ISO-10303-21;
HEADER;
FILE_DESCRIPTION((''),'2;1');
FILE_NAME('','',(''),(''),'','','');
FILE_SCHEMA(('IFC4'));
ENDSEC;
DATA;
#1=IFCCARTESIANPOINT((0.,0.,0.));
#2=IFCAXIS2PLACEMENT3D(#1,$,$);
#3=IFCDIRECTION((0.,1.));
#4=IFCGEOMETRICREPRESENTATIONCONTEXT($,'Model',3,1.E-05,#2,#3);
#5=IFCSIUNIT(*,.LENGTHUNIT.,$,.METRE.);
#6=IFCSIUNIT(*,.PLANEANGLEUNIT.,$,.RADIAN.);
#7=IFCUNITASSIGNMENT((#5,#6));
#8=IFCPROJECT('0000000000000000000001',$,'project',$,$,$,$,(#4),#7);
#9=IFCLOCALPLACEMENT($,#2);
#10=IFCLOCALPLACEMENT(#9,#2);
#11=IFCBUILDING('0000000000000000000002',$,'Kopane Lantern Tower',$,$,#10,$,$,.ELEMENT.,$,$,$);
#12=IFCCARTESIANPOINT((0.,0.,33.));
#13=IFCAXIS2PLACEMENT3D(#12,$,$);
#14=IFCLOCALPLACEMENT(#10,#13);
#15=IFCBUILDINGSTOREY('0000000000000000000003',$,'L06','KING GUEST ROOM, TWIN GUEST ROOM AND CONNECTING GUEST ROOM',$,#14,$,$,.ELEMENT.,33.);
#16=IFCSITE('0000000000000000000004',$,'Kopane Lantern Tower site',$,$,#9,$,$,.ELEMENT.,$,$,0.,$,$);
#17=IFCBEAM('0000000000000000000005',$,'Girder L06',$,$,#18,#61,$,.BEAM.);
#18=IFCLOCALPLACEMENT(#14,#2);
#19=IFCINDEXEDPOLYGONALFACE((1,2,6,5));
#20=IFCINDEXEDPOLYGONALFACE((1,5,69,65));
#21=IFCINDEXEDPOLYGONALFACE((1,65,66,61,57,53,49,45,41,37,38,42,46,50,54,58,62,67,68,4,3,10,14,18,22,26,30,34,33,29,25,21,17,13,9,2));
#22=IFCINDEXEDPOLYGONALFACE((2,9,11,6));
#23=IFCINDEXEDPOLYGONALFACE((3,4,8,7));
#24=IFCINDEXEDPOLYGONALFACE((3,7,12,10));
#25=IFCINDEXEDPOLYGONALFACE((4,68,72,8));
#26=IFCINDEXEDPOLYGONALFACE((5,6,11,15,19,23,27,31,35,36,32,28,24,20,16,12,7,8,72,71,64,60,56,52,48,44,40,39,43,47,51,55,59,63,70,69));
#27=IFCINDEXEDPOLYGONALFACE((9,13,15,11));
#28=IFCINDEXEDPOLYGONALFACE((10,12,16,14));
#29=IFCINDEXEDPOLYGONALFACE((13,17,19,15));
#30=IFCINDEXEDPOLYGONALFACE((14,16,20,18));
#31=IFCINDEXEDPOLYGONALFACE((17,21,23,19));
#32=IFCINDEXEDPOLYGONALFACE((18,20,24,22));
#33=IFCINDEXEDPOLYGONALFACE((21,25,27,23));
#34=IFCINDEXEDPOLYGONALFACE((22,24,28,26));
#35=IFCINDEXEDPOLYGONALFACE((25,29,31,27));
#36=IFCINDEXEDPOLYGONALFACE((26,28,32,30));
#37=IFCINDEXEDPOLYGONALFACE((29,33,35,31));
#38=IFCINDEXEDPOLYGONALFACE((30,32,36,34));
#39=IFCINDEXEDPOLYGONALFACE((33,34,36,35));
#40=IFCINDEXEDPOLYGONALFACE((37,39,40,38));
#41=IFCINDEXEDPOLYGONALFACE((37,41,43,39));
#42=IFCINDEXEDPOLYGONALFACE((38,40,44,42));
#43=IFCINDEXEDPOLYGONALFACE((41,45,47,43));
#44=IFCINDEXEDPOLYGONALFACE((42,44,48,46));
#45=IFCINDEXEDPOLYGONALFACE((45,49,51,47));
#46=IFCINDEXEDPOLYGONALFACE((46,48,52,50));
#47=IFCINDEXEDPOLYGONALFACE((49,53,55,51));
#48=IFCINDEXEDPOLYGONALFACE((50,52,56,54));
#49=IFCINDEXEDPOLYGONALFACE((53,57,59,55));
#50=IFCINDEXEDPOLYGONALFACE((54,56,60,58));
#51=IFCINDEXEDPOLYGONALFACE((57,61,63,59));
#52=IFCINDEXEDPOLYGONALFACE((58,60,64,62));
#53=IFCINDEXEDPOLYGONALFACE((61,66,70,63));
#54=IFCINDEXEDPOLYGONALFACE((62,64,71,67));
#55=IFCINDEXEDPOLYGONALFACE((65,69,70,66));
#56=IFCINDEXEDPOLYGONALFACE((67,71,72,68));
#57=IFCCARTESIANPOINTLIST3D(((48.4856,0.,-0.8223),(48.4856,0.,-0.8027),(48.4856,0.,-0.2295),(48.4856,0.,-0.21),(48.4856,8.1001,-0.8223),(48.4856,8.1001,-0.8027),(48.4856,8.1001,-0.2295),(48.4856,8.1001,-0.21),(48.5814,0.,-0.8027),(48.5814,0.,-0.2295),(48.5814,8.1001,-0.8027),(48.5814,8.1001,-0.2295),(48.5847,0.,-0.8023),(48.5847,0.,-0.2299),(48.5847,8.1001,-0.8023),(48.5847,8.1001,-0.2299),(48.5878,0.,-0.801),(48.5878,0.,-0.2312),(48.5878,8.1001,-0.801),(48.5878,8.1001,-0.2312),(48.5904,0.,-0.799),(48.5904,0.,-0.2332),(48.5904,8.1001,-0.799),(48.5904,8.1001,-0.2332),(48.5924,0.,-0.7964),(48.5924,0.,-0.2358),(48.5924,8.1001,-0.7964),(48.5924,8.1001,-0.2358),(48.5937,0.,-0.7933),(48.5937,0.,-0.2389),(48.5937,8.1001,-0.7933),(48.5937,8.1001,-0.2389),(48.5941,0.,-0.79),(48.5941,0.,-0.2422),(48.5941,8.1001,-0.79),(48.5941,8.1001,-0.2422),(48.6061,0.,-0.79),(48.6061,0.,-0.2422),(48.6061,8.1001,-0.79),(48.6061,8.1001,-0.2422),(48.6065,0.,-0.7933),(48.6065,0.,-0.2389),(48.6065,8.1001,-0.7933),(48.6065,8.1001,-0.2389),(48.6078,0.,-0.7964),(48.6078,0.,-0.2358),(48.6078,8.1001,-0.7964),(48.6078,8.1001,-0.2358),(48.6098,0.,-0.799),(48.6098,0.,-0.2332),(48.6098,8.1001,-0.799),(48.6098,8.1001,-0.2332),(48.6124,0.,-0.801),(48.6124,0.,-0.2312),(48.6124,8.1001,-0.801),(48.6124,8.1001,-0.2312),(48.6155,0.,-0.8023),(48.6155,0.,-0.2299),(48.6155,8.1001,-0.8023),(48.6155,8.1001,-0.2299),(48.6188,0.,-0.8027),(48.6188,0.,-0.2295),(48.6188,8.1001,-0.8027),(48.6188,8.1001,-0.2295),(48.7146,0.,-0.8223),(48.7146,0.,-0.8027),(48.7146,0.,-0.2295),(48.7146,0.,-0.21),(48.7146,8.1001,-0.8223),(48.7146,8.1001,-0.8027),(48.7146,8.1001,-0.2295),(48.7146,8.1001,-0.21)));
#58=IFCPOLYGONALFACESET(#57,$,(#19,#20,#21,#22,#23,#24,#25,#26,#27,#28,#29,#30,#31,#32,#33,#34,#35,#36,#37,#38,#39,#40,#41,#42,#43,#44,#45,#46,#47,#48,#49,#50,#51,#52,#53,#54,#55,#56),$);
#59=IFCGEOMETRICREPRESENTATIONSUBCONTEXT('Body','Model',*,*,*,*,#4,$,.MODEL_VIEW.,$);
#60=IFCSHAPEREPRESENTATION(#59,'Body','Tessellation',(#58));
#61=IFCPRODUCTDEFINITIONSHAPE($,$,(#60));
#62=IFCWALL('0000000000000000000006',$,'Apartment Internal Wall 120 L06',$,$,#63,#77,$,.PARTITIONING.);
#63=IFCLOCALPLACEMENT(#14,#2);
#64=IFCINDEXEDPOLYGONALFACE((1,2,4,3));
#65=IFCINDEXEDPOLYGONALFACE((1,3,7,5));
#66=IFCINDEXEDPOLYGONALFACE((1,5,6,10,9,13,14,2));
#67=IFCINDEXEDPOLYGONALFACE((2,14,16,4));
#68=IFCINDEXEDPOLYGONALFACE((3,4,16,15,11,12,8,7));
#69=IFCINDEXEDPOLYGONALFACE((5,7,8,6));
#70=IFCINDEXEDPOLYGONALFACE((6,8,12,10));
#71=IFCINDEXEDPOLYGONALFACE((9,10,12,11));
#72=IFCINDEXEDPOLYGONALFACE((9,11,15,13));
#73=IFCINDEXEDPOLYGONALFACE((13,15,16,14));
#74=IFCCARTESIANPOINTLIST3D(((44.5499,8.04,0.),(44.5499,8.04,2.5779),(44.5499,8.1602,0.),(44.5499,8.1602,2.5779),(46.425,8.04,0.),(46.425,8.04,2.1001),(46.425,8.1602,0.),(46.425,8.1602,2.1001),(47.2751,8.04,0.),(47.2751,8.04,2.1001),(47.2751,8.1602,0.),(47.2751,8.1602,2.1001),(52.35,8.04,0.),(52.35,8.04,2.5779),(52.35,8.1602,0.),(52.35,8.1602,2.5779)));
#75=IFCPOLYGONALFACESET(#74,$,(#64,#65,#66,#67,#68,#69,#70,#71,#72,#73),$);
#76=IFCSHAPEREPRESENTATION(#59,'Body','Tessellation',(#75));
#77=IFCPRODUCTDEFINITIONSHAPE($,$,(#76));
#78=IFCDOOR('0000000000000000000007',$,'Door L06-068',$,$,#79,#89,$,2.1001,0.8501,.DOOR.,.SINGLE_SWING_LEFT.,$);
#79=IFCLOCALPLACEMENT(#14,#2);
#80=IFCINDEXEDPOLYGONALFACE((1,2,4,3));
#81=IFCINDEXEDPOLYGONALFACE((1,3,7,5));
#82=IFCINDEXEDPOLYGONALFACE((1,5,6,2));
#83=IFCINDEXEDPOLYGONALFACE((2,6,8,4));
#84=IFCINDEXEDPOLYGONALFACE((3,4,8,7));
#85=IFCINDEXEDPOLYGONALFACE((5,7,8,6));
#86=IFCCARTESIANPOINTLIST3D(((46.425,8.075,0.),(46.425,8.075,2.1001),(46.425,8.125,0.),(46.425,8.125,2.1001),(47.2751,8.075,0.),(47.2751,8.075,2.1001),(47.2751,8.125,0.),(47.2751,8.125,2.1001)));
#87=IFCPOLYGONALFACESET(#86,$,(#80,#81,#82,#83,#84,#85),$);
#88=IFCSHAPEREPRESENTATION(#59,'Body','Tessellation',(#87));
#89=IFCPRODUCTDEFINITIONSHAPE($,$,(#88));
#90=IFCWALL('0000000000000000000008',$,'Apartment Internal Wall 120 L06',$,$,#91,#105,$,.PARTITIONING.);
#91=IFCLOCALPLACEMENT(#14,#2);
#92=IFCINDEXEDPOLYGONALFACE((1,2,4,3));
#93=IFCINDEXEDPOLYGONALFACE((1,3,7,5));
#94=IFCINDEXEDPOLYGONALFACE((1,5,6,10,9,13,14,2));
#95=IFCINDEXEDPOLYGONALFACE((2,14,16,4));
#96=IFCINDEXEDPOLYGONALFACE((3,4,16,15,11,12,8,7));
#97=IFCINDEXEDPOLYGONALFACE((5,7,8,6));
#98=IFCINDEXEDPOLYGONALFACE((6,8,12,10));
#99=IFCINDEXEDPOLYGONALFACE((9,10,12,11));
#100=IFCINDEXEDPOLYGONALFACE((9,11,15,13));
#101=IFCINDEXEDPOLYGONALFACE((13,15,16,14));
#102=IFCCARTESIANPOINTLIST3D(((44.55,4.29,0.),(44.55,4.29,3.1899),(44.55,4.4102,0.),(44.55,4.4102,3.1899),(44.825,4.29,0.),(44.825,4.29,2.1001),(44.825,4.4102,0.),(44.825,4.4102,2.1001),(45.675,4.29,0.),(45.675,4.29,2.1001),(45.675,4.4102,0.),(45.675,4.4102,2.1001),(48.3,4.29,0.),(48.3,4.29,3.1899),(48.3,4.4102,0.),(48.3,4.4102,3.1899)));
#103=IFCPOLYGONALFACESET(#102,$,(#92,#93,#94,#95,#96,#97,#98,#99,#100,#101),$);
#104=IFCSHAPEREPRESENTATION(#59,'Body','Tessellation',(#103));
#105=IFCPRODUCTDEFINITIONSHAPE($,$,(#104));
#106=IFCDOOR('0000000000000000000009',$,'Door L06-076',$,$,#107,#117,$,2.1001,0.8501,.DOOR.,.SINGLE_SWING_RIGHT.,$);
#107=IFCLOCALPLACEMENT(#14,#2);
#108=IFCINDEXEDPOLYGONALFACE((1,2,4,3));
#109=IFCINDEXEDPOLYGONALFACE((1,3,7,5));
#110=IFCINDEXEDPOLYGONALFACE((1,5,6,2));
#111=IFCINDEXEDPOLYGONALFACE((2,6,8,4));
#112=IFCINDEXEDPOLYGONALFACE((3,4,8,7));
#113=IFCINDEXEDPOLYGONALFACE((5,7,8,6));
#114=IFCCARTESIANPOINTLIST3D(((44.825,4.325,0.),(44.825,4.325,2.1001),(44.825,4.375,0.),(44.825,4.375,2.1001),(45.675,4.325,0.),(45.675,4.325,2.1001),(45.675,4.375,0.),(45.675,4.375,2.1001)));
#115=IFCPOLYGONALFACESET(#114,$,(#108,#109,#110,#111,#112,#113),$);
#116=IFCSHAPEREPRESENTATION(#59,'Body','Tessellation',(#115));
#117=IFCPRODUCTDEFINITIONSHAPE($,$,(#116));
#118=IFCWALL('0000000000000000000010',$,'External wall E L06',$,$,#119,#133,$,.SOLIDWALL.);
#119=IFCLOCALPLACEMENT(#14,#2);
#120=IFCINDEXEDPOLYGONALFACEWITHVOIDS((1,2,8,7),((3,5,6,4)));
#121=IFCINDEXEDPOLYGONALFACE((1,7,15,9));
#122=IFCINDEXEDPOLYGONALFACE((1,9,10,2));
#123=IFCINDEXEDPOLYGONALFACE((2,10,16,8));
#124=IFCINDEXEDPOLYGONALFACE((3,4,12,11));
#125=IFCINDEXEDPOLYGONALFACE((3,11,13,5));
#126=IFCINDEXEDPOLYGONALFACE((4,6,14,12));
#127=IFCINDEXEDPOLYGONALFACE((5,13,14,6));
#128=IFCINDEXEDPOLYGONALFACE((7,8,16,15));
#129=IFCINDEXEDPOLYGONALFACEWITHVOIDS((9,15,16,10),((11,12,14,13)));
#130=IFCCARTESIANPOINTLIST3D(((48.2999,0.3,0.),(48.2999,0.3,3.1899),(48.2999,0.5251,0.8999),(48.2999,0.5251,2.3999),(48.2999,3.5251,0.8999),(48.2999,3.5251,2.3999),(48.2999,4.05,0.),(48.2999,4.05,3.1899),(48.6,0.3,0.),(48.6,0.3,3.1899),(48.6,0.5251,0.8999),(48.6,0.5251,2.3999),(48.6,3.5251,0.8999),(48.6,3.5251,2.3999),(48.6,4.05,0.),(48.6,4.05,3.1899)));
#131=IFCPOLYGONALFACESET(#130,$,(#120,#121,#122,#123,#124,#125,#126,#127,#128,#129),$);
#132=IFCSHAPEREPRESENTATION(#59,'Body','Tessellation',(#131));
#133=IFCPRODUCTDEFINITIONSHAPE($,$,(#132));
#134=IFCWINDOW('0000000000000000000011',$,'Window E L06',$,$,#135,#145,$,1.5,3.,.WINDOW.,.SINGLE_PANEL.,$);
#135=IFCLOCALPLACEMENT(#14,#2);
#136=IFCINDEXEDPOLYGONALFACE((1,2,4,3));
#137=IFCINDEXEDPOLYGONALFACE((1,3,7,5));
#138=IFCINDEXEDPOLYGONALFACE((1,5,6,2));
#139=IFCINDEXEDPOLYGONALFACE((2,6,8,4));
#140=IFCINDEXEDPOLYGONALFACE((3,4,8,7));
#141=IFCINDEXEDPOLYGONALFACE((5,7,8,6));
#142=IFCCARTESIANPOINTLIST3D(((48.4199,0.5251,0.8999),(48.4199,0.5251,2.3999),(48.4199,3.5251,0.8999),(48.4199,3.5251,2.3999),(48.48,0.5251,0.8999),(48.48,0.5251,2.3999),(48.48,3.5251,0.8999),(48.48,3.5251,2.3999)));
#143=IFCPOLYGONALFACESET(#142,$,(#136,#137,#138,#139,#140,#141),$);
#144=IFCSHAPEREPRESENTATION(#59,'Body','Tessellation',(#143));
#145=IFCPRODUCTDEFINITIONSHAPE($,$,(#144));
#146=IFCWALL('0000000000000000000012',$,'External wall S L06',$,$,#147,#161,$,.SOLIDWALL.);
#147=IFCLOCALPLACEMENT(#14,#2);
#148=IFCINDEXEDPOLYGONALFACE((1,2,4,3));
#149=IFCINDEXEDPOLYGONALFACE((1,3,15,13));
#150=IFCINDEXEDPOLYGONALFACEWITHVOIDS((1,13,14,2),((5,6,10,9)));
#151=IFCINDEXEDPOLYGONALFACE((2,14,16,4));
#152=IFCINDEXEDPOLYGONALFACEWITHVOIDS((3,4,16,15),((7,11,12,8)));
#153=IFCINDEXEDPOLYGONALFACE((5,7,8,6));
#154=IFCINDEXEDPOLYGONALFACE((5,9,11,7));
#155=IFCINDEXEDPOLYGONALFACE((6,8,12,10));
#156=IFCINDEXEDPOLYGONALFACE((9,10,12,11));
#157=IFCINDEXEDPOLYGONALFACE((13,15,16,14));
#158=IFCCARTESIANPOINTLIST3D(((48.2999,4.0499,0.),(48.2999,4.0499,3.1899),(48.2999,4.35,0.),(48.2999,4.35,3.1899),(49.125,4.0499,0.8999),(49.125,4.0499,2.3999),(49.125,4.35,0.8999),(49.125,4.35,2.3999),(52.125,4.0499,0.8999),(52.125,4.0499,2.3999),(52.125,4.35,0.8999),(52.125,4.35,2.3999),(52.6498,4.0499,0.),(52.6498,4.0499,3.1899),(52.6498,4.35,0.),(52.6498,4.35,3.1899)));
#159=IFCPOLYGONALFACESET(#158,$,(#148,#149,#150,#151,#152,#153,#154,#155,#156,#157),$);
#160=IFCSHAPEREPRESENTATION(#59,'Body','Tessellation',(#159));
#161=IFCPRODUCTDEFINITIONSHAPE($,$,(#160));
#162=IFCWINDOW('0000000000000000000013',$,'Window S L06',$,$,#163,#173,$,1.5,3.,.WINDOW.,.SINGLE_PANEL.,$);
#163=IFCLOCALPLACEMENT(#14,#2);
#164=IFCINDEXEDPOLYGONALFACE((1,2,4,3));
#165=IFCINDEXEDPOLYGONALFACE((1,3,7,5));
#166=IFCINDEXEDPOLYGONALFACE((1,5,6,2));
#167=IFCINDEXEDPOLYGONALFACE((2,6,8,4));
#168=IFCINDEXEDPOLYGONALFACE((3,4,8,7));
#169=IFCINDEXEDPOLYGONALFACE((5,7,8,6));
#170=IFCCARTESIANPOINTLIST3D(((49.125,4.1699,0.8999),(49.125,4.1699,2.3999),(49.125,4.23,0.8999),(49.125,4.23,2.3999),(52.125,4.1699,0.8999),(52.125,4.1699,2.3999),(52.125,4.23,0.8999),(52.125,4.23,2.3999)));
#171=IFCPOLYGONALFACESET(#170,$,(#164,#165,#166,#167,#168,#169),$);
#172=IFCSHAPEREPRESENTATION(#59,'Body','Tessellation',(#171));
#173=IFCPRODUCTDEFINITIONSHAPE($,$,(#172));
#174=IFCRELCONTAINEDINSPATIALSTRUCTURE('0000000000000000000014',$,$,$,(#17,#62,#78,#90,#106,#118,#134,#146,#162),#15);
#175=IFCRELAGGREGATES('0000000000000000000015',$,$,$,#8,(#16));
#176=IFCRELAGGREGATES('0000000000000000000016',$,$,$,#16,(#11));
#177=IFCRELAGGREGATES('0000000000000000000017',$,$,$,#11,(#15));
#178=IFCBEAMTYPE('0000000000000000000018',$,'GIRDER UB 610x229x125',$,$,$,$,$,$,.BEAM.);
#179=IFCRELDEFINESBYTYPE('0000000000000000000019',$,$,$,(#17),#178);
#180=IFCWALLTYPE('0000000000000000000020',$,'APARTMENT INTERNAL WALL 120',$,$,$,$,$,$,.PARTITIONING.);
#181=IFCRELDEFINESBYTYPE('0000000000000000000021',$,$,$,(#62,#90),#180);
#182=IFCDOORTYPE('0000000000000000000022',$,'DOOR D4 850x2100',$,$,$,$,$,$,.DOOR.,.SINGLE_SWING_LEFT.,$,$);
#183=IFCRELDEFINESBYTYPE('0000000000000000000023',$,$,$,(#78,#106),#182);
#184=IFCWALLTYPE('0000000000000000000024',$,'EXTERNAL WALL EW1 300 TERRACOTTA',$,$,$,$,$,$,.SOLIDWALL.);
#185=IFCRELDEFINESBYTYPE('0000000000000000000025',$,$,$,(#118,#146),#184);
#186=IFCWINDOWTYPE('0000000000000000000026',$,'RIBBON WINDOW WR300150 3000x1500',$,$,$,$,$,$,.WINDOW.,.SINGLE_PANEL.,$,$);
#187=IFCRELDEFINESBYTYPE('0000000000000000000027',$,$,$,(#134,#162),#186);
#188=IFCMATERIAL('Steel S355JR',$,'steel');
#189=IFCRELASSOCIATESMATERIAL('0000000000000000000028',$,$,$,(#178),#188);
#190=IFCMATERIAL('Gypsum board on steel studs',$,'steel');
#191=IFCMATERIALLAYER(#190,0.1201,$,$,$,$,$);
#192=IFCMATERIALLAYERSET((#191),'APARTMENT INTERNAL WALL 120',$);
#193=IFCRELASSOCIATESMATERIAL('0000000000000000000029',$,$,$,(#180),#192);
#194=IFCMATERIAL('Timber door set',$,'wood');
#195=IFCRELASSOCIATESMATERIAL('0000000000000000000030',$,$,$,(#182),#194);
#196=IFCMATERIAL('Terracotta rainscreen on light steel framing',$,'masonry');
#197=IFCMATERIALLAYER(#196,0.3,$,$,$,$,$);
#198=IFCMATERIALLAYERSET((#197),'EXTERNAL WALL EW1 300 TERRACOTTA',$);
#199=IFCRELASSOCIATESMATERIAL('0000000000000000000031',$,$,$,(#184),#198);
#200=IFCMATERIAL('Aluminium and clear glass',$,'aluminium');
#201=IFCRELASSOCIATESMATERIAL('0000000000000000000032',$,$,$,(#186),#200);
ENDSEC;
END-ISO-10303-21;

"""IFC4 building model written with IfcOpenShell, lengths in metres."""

from ifc_helpers import new_model, si_unit, direction, frame, frame_2d, origin, origin_2d, place, context, subcontext, project, spatial, rectangle, i_section, extrude, material, layer, layer_set, material_profile, profile_set, type_object, element, fill, save


model = new_model("IFC4")

# Units and contexts
model_context = context("Model", 3, precision=1e-05, world=origin(), true_north=direction((0.0, 1.0)))
body_context = subcontext(model_context, "Body", "Model", "MODEL_VIEW")
ifc_project = project(units=[si_unit("LENGTHUNIT", "METRE"), si_unit("PLANEANGLEUNIT", "RADIAN")], contexts=[model_context])

# Site, building, storey
site_placement = place(None, origin())
site = spatial("IfcSite", under=ifc_project, at=site_placement, Name="Kopane Lantern Tower site", CompositionType="ELEMENT", RefElevation=0.0)
building_placement = place(site_placement, origin())
building = spatial("IfcBuilding", under=site, at=building_placement, Name="Kopane Lantern Tower", CompositionType="ELEMENT")
storey_placement = place(building_placement, frame((0.0, 0.0, 33.0)))
storey = spatial("IfcBuildingStorey", under=building, at=storey_placement, Name="L06", Description="KING GUEST ROOM, TWIN GUEST ROOM AND CONNECTING GUEST ROOM", CompositionType="ELEMENT", Elevation=33.0)

# Beam
ifc_material_1 = material(Name="Steel S355JR", Category="steel")
ifc_material_profile_1 = material_profile(ifc_material_1, i_section(OverallWidth=0.229, OverallDepth=0.6123, WebThickness=0.012, FlangeThickness=0.0195, FilletRadius=0.0127, at=origin_2d()), Name="UB 610x229x125")
ifc_profile_set_1 = profile_set([ifc_material_profile_1], Name="Steel S355JR")
beam_type_1 = type_object("IfcBeamType", Name="GIRDER UB 610x229x125", PredefinedType="BEAM", material=ifc_profile_set_1)
beam_1_placement = place(storey_placement, frame((48.6001, 0.0, -0.5161), z_axis=(0.0, 1.0, 0.0), x_axis=(-1.0, 0.0, 0.0)))
element("IfcBeam", 1, at=beam_1_placement, inside=storey, type_object=beam_type_1, Name="Girder L06", PredefinedType="BEAM", context=body_context, shape_type="SweptSolid", body=[
    extrude(i_section(OverallWidth=0.229, OverallDepth=0.6123, WebThickness=0.012, FlangeThickness=0.0195, FilletRadius=0.0127, at=origin_2d()), origin(), (0.0, 0.0, 1.0), 8.1001),
])

# Walls, openings, doors
ifc_material_2 = material(Name="Gypsum board on steel studs", Category="steel")
ifc_layer_1 = layer(ifc_material_2, 0.1201)
ifc_layer_set_1 = layer_set([ifc_layer_1], Name="APARTMENT INTERNAL WALL 120")
wall_type_1 = type_object("IfcWallType", Name="APARTMENT INTERNAL WALL 120", PredefinedType="PARTITIONING", material=ifc_layer_set_1)
wall_1_placement = place(storey_placement, frame((44.55, 8.1001, 0.0), z_axis=(0.0, 0.0, 1.0), x_axis=(1.0, 0.0, 0.0)))
wall_1 = element("IfcWall", 2, at=wall_1_placement, inside=storey, type_object=wall_type_1, Name="Apartment Internal Wall 120 L06", PredefinedType="PARTITIONING", context=body_context, shape_type="SweptSolid", body=[
    extrude(rectangle(XDim=7.8, YDim=0.1201, at=frame_2d((3.8999, 0.0))), origin(), (0.0, 0.0, 1.0), 2.5779),
])
opening_1_placement = place(wall_1_placement, frame((1.875, 0.0, 0.0)))
opening_1 = element("IfcOpeningElement", 3, at=opening_1_placement, cuts=wall_1, PredefinedType="OPENING", context=body_context, shape_type="SweptSolid", body=[
    extrude(rectangle(XDim=0.8501, YDim=2.1001, at=frame_2d((0.425, 1.05))), frame((0.0, 0.0701, 0.0), z_axis=(0.0, -1.0, 0.0), x_axis=(1.0, 0.0, 0.0)), (0.0, 0.0, 1.0), 0.1401),
])
ifc_material_3 = material(Name="Timber door set", Category="wood")
door_type = type_object("IfcDoorType", Name="DOOR D4 850x2100", OperationType="SINGLE_SWING_LEFT", PredefinedType="DOOR", material=ifc_material_3)
door_1_placement = place(opening_1_placement, origin())
door_1 = element("IfcDoor", 4, at=door_1_placement, inside=storey, type_object=door_type, Name="Door L06-068", OperationType="SINGLE_SWING_LEFT", OverallHeight=2.1001, OverallWidth=0.8501, PredefinedType="DOOR", context=body_context, shape_type="SweptSolid", body=[
    extrude(rectangle(XDim=0.8501, YDim=2.1001, at=frame_2d((0.425, 1.05))), frame((0.0, 0.0249, 0.0), z_axis=(0.0, -1.0, 0.0), x_axis=(1.0, 0.0, 0.0)), (0.0, 0.0, 1.0), 0.05),
])
fill(opening_1, door_1)
wall_2_placement = place(storey_placement, frame((44.55, 4.3501, 0.0), z_axis=(0.0, 0.0, 1.0), x_axis=(1.0, 0.0, 0.0)))
wall_2 = element("IfcWall", 5, at=wall_2_placement, inside=storey, type_object=wall_type_1, Name="Apartment Internal Wall 120 L06", PredefinedType="PARTITIONING", context=body_context, shape_type="SweptSolid", body=[
    extrude(rectangle(XDim=3.75, YDim=0.1201, at=frame_2d((1.875, 0.0))), origin(), (0.0, 0.0, 1.0), 3.1899),
])
opening_2_placement = place(wall_2_placement, frame((0.2749, 0.0, 0.0)))
opening_2 = element("IfcOpeningElement", 6, at=opening_2_placement, cuts=wall_2, PredefinedType="OPENING", context=body_context, shape_type="SweptSolid", body=[
    extrude(rectangle(XDim=0.8501, YDim=2.1001, at=frame_2d((0.425, 1.05))), frame((0.0, 0.0701, 0.0), z_axis=(0.0, -1.0, 0.0), x_axis=(1.0, 0.0, 0.0)), (0.0, 0.0, 1.0), 0.1401),
])
door_2_placement = place(opening_2_placement, origin())
door_2 = element("IfcDoor", 7, at=door_2_placement, inside=storey, type_object=door_type, Name="Door L06-076", OperationType="SINGLE_SWING_RIGHT", OverallHeight=2.1001, OverallWidth=0.8501, PredefinedType="DOOR", context=body_context, shape_type="SweptSolid", body=[
    extrude(rectangle(XDim=0.8501, YDim=2.1001, at=frame_2d((0.425, 1.05))), frame((0.0, 0.0249, 0.0), z_axis=(0.0, -1.0, 0.0), x_axis=(1.0, 0.0, 0.0)), (0.0, 0.0, 1.0), 0.05),
])
fill(opening_2, door_2)

# Walls, openings, windows
ifc_material_4 = material(Name="Terracotta rainscreen on light steel framing", Category="masonry")
ifc_layer_2 = layer(ifc_material_4, 0.3)
ifc_layer_set_2 = layer_set([ifc_layer_2], Name="EXTERNAL WALL EW1 300 TERRACOTTA")
wall_type_2 = type_object("IfcWallType", Name="EXTERNAL WALL EW1 300 TERRACOTTA", PredefinedType="SOLIDWALL", material=ifc_layer_set_2)
wall_3_placement = place(storey_placement, frame((48.45, 0.3, 0.0), z_axis=(0.0, 0.0, 1.0), x_axis=(0.0, 1.0, 0.0)))
wall_3 = element("IfcWall", 8, at=wall_3_placement, inside=storey, type_object=wall_type_2, Name="External wall E L06", PredefinedType="SOLIDWALL", context=body_context, shape_type="SweptSolid", body=[
    extrude(rectangle(XDim=3.75, YDim=0.3, at=frame_2d((1.875, 0.0))), origin(), (0.0, 0.0, 1.0), 3.1899),
])
opening_3_placement = place(wall_3_placement, frame((0.2251, 0.0, 0.8999)))
opening_3 = element("IfcOpeningElement", 9, at=opening_3_placement, cuts=wall_3, PredefinedType="OPENING", context=body_context, shape_type="SweptSolid", body=[
    extrude(rectangle(XDim=3.0, YDim=1.5, at=frame_2d((1.5, 0.75))), frame((0.0, 0.1599, 0.0), z_axis=(0.0, -1.0, 0.0), x_axis=(1.0, 0.0, 0.0)), (0.0, 0.0, 1.0), 0.3201),
])
ifc_material_5 = material(Name="Aluminium and clear glass", Category="aluminium")
window_type = type_object("IfcWindowType", Name="RIBBON WINDOW WR300150 3000x1500", PartitioningType="SINGLE_PANEL", PredefinedType="WINDOW", material=ifc_material_5)
window_1_placement = place(opening_3_placement, origin())
window_1 = element("IfcWindow", 10, at=window_1_placement, inside=storey, type_object=window_type, Name="Window E L06", OverallHeight=1.5, OverallWidth=3.0, PartitioningType="SINGLE_PANEL", PredefinedType="WINDOW", context=body_context, shape_type="SweptSolid", body=[
    extrude(rectangle(XDim=3.0, YDim=1.5, at=frame_2d((1.5, 0.75))), frame((0.0, 0.03, 0.0), z_axis=(0.0, -1.0, 0.0), x_axis=(1.0, 0.0, 0.0)), (0.0, 0.0, 1.0), 0.0601),
])
fill(opening_3, window_1)
wall_4_placement = place(storey_placement, frame((48.3, 4.2, 0.0), z_axis=(0.0, 0.0, 1.0), x_axis=(1.0, 0.0, 0.0)))
wall_4 = element("IfcWall", 11, at=wall_4_placement, inside=storey, type_object=wall_type_2, Name="External wall S L06", PredefinedType="SOLIDWALL", context=body_context, shape_type="SweptSolid", body=[
    extrude(rectangle(XDim=4.3499, YDim=0.3, at=frame_2d((2.1748, 0.0))), origin(), (0.0, 0.0, 1.0), 3.1899),
])
opening_4_placement = place(wall_4_placement, frame((0.825, 0.0, 0.8999)))
opening_4 = element("IfcOpeningElement", 12, at=opening_4_placement, cuts=wall_4, PredefinedType="OPENING", context=body_context, shape_type="SweptSolid", body=[
    extrude(rectangle(XDim=3.0, YDim=1.5, at=frame_2d((1.5, 0.75))), frame((0.0, 0.1599, 0.0), z_axis=(0.0, -1.0, 0.0), x_axis=(1.0, 0.0, 0.0)), (0.0, 0.0, 1.0), 0.3201),
])
window_2_placement = place(opening_4_placement, origin())
window_2 = element("IfcWindow", 13, at=window_2_placement, inside=storey, type_object=window_type, Name="Window S L06", OverallHeight=1.5, OverallWidth=3.0, PartitioningType="SINGLE_PANEL", PredefinedType="WINDOW", context=body_context, shape_type="SweptSolid", body=[
    extrude(rectangle(XDim=3.0, YDim=1.5, at=frame_2d((1.5, 0.75))), frame((0.0, 0.03, 0.0), z_axis=(0.0, -1.0, 0.0), x_axis=(1.0, 0.0, 0.0)), (0.0, 0.0, 1.0), 0.0601),
])
fill(opening_4, window_2)

save(model, "model.ifc")
